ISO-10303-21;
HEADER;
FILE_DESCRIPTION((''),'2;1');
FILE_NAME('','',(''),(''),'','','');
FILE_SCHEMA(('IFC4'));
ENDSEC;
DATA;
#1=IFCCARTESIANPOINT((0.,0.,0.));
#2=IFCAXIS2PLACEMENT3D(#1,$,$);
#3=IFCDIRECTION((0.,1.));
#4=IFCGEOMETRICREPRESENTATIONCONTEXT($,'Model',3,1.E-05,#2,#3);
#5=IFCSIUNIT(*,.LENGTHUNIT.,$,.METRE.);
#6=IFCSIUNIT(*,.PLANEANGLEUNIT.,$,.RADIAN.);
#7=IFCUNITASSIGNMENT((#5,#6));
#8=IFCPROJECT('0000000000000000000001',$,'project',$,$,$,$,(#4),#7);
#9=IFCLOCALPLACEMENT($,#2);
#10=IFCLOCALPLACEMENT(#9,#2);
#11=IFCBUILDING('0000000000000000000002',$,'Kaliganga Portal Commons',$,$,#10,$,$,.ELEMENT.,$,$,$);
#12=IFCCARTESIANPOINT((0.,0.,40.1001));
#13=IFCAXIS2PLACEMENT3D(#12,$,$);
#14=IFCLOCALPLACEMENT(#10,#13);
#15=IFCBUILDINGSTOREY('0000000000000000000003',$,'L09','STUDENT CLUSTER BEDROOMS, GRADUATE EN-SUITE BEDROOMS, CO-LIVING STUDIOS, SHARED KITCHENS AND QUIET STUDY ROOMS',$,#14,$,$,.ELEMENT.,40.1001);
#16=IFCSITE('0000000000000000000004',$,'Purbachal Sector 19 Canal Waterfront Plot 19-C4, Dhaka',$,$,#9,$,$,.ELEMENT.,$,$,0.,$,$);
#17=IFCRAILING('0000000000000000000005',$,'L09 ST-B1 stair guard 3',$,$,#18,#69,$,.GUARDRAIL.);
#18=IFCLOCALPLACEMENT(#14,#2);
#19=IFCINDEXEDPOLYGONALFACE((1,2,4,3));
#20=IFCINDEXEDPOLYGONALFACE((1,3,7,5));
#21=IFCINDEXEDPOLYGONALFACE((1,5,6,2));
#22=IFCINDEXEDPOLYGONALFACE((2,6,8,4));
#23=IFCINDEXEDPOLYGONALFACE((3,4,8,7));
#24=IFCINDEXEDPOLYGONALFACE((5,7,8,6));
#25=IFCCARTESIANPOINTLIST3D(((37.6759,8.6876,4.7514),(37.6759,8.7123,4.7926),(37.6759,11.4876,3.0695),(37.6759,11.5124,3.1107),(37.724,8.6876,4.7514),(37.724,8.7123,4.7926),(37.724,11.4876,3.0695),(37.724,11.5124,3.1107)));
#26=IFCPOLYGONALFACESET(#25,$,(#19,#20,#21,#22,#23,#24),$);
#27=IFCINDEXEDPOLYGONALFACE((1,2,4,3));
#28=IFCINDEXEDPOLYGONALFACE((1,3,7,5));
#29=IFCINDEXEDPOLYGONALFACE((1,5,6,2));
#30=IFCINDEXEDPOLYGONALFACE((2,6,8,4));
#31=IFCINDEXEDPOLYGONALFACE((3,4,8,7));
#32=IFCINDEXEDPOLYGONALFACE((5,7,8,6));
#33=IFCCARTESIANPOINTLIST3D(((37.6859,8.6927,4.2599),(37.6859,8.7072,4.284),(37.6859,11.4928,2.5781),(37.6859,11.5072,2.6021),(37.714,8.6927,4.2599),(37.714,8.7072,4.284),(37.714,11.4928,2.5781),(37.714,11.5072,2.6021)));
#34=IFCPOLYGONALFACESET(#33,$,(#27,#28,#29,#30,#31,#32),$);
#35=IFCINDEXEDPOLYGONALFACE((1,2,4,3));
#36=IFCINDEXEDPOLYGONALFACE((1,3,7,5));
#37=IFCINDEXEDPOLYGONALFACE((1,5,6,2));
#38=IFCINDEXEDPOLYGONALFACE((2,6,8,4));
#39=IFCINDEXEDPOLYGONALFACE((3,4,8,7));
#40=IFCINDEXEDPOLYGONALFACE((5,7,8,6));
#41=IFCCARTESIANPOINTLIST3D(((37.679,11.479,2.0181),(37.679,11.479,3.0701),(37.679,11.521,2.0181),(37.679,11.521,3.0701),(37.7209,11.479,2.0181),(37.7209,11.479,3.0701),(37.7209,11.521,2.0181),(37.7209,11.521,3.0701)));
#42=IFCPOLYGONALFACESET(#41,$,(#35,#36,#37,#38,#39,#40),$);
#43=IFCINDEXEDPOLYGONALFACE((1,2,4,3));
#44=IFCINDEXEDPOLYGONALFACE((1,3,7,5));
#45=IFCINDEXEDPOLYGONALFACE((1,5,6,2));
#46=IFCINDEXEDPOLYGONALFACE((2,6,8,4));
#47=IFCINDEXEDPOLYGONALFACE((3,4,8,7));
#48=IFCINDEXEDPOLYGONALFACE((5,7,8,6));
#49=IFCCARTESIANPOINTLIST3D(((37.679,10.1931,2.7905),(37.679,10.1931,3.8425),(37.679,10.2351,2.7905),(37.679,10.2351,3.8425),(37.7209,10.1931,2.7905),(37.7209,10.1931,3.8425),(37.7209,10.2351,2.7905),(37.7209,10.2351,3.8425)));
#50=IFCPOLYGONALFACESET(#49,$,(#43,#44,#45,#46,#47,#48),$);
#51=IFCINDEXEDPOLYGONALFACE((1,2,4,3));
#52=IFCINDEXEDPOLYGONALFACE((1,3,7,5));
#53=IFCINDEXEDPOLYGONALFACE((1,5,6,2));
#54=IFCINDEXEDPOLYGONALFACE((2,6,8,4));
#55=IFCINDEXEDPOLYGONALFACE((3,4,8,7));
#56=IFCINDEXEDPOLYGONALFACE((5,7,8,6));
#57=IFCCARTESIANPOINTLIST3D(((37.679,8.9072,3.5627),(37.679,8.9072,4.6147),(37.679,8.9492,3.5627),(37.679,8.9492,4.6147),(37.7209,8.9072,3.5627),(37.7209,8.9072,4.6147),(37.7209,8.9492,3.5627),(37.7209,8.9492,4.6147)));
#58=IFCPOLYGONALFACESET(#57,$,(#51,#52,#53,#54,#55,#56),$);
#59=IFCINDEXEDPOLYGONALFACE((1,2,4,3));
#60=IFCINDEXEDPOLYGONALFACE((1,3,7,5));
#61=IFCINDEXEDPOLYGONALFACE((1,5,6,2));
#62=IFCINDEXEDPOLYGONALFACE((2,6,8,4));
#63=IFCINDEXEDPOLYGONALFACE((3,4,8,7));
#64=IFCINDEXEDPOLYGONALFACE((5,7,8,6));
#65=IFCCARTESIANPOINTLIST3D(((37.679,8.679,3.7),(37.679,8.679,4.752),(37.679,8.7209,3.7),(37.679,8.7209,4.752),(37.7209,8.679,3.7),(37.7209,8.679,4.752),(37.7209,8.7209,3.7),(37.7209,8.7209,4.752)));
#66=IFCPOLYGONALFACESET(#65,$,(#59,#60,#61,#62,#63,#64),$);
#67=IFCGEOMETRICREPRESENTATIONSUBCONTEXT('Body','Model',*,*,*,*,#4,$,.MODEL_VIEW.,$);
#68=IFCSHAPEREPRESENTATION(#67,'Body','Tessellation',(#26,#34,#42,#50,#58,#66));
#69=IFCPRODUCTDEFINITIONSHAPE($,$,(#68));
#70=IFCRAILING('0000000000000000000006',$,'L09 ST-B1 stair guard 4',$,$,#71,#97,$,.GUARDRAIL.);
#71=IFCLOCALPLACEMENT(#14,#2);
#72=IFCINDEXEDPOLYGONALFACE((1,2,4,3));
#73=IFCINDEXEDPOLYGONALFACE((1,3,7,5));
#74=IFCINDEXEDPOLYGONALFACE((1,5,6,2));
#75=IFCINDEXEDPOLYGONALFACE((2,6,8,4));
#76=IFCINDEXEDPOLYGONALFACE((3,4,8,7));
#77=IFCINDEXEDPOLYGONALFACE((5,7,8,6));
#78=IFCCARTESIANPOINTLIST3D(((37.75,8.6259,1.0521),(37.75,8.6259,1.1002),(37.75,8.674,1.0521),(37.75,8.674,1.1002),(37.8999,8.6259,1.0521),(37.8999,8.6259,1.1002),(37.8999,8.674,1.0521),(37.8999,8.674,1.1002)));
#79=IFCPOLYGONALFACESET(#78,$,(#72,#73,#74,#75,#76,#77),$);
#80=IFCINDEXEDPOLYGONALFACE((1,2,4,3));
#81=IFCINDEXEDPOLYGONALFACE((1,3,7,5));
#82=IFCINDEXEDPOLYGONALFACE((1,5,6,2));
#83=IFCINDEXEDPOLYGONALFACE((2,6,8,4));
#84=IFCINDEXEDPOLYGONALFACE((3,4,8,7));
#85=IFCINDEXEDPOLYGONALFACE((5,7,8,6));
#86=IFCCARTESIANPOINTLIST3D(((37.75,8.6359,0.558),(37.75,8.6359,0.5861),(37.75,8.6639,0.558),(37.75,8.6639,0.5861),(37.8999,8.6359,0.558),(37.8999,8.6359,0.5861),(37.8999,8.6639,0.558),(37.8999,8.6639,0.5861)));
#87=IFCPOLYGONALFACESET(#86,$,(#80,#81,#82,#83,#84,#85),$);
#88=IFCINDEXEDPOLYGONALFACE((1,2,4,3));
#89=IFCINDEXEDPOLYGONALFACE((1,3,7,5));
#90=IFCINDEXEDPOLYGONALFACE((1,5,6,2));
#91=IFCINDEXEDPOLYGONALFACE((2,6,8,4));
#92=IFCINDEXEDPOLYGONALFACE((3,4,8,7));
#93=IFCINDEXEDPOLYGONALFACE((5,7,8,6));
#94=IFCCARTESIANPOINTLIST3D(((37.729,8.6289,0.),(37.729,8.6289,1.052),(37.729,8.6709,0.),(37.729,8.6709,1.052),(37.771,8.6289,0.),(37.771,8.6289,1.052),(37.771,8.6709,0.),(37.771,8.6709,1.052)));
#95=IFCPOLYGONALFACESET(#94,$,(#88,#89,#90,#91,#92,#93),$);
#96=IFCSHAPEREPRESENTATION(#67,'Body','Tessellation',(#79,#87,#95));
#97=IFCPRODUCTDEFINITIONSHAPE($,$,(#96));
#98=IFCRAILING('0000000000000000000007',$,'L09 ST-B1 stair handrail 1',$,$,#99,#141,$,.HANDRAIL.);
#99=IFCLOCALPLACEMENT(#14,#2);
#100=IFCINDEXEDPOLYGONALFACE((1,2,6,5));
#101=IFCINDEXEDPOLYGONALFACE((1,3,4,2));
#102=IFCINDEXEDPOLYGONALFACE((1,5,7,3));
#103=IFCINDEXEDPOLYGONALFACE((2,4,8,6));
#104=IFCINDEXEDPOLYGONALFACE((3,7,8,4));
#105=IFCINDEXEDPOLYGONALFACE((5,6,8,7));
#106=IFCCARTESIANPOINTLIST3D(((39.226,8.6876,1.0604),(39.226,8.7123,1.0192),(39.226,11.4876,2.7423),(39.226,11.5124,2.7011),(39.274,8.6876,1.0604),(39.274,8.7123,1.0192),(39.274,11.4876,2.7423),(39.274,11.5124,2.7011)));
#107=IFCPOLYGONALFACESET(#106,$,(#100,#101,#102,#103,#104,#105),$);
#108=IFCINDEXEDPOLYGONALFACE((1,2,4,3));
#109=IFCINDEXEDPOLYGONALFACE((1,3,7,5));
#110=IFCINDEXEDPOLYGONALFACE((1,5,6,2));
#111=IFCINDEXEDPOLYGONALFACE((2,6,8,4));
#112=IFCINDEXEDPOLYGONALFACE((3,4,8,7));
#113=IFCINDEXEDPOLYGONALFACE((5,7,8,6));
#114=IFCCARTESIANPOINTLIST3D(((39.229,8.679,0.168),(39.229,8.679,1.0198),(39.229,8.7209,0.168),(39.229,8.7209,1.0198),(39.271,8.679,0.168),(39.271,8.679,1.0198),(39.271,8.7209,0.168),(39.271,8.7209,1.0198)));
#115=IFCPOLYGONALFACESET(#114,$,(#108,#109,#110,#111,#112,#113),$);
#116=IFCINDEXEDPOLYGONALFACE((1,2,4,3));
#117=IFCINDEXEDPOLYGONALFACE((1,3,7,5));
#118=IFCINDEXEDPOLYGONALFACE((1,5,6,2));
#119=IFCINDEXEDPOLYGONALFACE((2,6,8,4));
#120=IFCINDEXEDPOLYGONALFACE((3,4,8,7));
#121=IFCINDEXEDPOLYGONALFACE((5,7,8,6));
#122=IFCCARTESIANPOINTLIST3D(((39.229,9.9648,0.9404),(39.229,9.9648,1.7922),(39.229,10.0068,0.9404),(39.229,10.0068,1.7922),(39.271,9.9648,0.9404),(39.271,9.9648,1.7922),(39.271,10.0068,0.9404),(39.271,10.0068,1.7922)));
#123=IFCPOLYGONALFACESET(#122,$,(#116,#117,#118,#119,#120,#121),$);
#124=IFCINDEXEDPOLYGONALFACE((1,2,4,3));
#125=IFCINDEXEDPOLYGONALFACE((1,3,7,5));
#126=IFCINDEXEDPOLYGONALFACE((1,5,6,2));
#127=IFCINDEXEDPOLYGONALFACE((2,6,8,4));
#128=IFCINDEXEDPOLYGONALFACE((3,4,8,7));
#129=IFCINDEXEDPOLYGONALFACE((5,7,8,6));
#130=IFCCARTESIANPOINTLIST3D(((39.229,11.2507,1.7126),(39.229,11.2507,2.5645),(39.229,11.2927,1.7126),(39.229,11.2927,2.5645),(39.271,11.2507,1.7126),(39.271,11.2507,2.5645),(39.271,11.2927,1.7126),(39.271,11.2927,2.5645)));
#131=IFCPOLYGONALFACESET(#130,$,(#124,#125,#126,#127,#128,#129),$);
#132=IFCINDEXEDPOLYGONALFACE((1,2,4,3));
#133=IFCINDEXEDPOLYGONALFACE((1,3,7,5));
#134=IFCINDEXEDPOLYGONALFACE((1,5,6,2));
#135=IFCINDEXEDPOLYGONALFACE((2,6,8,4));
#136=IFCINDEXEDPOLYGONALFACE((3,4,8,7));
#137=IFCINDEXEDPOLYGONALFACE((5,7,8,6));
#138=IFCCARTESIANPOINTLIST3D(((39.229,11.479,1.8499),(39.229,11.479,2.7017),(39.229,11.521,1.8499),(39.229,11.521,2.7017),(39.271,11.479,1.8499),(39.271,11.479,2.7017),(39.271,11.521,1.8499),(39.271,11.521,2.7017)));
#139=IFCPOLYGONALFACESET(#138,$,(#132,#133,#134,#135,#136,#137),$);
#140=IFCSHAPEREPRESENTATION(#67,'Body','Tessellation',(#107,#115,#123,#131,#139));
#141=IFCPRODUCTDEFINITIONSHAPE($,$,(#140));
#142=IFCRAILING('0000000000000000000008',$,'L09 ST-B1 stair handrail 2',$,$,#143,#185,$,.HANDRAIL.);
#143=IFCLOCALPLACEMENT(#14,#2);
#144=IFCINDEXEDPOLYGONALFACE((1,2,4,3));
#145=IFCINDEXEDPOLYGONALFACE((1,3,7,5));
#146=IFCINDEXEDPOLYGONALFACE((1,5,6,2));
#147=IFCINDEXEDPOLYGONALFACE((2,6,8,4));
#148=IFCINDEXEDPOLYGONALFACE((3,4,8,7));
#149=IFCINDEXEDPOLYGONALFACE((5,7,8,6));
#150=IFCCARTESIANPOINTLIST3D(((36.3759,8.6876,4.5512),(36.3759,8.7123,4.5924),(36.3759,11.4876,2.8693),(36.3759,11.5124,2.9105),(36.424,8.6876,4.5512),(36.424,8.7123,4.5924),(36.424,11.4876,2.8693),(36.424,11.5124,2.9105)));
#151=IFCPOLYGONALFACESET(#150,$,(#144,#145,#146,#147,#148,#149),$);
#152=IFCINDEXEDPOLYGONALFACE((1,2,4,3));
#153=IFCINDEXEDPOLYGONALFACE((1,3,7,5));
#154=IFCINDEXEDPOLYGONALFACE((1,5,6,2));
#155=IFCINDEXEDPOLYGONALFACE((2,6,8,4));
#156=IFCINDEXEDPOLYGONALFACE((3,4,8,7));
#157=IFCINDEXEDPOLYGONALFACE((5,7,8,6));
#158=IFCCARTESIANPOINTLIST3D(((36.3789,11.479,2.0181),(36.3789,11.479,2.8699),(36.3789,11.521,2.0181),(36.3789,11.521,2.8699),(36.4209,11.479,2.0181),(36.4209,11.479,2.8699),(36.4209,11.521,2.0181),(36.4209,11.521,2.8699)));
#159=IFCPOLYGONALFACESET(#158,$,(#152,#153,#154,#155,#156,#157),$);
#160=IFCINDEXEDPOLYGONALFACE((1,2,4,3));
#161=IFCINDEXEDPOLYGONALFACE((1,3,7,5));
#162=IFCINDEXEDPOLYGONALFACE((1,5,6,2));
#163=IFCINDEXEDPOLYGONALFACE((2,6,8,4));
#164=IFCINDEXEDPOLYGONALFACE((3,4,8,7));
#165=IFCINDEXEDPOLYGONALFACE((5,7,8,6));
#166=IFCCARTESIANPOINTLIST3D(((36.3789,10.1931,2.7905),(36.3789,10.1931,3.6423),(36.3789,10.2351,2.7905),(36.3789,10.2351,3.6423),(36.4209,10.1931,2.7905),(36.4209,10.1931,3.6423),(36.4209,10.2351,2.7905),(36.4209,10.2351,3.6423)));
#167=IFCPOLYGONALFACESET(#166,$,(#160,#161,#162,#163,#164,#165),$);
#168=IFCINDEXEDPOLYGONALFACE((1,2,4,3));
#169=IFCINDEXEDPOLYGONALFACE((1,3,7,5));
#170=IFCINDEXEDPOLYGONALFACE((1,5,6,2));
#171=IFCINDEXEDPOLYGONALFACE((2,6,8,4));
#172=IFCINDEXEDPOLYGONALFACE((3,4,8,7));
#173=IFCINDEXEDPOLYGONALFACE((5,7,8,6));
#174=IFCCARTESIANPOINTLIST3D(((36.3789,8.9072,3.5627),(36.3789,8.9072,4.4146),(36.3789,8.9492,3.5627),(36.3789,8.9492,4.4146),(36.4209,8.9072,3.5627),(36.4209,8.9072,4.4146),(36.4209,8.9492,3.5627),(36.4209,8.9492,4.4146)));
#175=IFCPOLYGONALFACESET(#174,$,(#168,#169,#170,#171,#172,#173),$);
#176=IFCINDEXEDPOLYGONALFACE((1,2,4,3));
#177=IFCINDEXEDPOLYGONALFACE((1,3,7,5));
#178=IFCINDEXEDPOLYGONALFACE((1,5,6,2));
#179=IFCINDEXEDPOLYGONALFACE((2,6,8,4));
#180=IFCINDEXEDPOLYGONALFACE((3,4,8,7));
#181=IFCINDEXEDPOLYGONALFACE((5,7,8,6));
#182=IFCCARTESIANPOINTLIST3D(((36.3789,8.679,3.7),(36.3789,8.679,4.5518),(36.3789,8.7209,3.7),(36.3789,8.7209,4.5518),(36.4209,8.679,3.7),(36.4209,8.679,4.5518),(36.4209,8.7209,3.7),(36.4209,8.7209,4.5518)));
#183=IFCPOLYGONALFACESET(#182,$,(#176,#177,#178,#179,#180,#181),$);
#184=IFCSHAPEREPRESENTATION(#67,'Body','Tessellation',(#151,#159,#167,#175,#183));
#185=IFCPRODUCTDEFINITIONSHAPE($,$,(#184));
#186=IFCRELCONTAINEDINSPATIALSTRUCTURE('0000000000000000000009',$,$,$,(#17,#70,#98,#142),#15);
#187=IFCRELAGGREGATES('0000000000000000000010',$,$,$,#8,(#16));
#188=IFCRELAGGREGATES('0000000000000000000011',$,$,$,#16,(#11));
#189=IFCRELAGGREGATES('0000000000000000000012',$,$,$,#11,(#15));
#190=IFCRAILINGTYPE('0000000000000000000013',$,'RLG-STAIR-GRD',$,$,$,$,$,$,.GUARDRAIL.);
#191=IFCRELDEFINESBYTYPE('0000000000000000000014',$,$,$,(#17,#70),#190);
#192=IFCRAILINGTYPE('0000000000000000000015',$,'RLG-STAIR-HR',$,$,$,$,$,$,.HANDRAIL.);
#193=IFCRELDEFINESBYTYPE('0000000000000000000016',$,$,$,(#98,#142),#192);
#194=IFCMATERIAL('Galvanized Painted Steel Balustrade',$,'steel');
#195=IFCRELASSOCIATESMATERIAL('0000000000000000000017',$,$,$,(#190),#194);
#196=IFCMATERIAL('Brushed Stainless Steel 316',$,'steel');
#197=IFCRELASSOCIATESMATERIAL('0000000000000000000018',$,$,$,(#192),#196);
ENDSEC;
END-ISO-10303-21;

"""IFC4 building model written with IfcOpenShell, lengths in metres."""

from ifc_helpers import new_model, si_unit, direction, frame, origin, origin_2d, place, context, subcontext, project, spatial, rectangle, extrude, material, type_object, element, save


model = new_model("IFC4")

# Units and contexts
model_context = context("Model", 3, precision=1e-05, world=origin(), true_north=direction((0.0, 1.0)))
body_context = subcontext(model_context, "Body", "Model", "MODEL_VIEW")
ifc_project = project(units=[si_unit("LENGTHUNIT", "METRE"), si_unit("PLANEANGLEUNIT", "RADIAN")], contexts=[model_context])

# Site, building, storey
site_placement = place(None, origin())
site = spatial("IfcSite", under=ifc_project, at=site_placement, Name="Purbachal Sector 19 Canal Waterfront Plot 19-C4, Dhaka", CompositionType="ELEMENT", RefElevation=0.0)
building_placement = place(site_placement, origin())
building = spatial("IfcBuilding", under=site, at=building_placement, Name="Kaliganga Portal Commons", CompositionType="ELEMENT")
storey_placement = place(building_placement, frame((0.0, 0.0, 40.1001)))
storey = spatial("IfcBuildingStorey", under=building, at=storey_placement, Name="L09", Description="STUDENT CLUSTER BEDROOMS, GRADUATE EN-SUITE BEDROOMS, CO-LIVING STUDIOS, SHARED KITCHENS AND QUIET STUDY ROOMS", CompositionType="ELEMENT", Elevation=40.1001)

# Railings
ifc_material_1 = material(Name="Galvanized Painted Steel Balustrade", Category="steel")
railing_type_1 = type_object("IfcRailingType", Name="RLG-STAIR-GRD", PredefinedType="GUARDRAIL", material=ifc_material_1)
railing_1_placement = place(storey_placement, frame((37.7, 11.5, 2.0181)))
element("IfcRailing", 1, at=railing_1_placement, inside=storey, type_object=railing_type_1, Name="L09 ST-B1 stair guard 3", PredefinedType="GUARDRAIL", context=body_context, shape_type="SweptSolid", body=[
    extrude(rectangle(XDim=0.0481, YDim=0.0481, at=origin_2d()), frame((0.0, 0.0, 1.072), z_axis=(0.0, -0.857242, 0.514913), x_axis=(1.0, 0.0, 0.0)), (0.0, 0.0, 1.0), 3.2664),
    extrude(rectangle(XDim=0.0281, YDim=0.0281, at=origin_2d()), frame((0.0, 0.0, 0.572), z_axis=(0.0, -0.857242, 0.514913), x_axis=(1.0, 0.0, 0.0)), (0.0, 0.0, 1.0), 3.2664),
    extrude(rectangle(XDim=0.042, YDim=0.042, at=origin_2d()), origin(), (0.0, 0.0, 1.0), 1.052),
    extrude(rectangle(XDim=0.042, YDim=0.042, at=origin_2d()), frame((0.0, -1.2859, 0.7725)), (0.0, 0.0, 1.0), 1.052),
    extrude(rectangle(XDim=0.042, YDim=0.042, at=origin_2d()), frame((0.0, -2.5718, 1.5447)), (0.0, 0.0, 1.0), 1.052),
    extrude(rectangle(XDim=0.042, YDim=0.042, at=origin_2d()), frame((0.0, -2.8, 1.6819)), (0.0, 0.0, 1.0), 1.052),
])
railing_2_placement = place(storey_placement, frame((37.8999, 8.6499, 0.0)))
element("IfcRailing", 2, at=railing_2_placement, inside=storey, type_object=railing_type_1, Name="L09 ST-B1 stair guard 4", PredefinedType="GUARDRAIL", context=body_context, shape_type="SweptSolid", body=[
    extrude(rectangle(XDim=0.0481, YDim=0.0481, at=origin_2d()), frame((0.0, 0.0, 1.0762), z_axis=(-1.0, 0.0, 0.0), x_axis=(0.0, -1.0, 0.0)), (0.0, 0.0, 1.0), 0.1499),
    extrude(rectangle(XDim=0.0281, YDim=0.0281, at=origin_2d()), frame((0.0, 0.0, 0.572), z_axis=(-1.0, 0.0, 0.0), x_axis=(0.0, -1.0, 0.0)), (0.0, 0.0, 1.0), 0.1499),
    extrude(rectangle(XDim=0.042, YDim=0.042, at=origin_2d()), frame((-0.1499, 0.0, 0.0)), (0.0, 0.0, 1.0), 1.052),
])
ifc_material_2 = material(Name="Brushed Stainless Steel 316", Category="steel")
railing_type_2 = type_object("IfcRailingType", Name="RLG-STAIR-HR", PredefinedType="HANDRAIL", material=ifc_material_2)
railing_3_placement = place(storey_placement, frame((39.25, 8.7, 0.168)))
element("IfcRailing", 3, at=railing_3_placement, inside=storey, type_object=railing_type_2, Name="L09 ST-B1 stair handrail 1", PredefinedType="HANDRAIL", context=body_context, shape_type="SweptSolid", body=[
    extrude(rectangle(XDim=0.0481, YDim=0.0481, at=origin_2d()), frame((0.0, 0.0, 0.8718), z_axis=(0.0, 0.857242, 0.514913), x_axis=(-1.0, 0.0, 0.0)), (0.0, 0.0, 1.0), 3.2664),
    extrude(rectangle(XDim=0.042, YDim=0.042, at=origin_2d()), origin(), (0.0, 0.0, 1.0), 0.8518),
    extrude(rectangle(XDim=0.042, YDim=0.042, at=origin_2d()), frame((0.0, 1.2859, 0.7725)), (0.0, 0.0, 1.0), 0.8518),
    extrude(rectangle(XDim=0.042, YDim=0.042, at=origin_2d()), frame((0.0, 2.5718, 1.5447)), (0.0, 0.0, 1.0), 0.8518),
    extrude(rectangle(XDim=0.042, YDim=0.042, at=origin_2d()), frame((0.0, 2.8, 1.6819)), (0.0, 0.0, 1.0), 0.8518),
])
railing_4_placement = place(storey_placement, frame((36.3999, 11.5, 2.0181)))
element("IfcRailing", 4, at=railing_4_placement, inside=storey, type_object=railing_type_2, Name="L09 ST-B1 stair handrail 2", PredefinedType="HANDRAIL", context=body_context, shape_type="SweptSolid", body=[
    extrude(rectangle(XDim=0.0481, YDim=0.0481, at=origin_2d()), frame((0.0, 0.0, 0.8718), z_axis=(0.0, -0.857242, 0.514913), x_axis=(1.0, 0.0, 0.0)), (0.0, 0.0, 1.0), 3.2664),
    extrude(rectangle(XDim=0.042, YDim=0.042, at=origin_2d()), origin(), (0.0, 0.0, 1.0), 0.8518),
    extrude(rectangle(XDim=0.042, YDim=0.042, at=origin_2d()), frame((0.0, -1.2859, 0.7725)), (0.0, 0.0, 1.0), 0.8518),
    extrude(rectangle(XDim=0.042, YDim=0.042, at=origin_2d()), frame((0.0, -2.5718, 1.5447)), (0.0, 0.0, 1.0), 0.8518),
    extrude(rectangle(XDim=0.042, YDim=0.042, at=origin_2d()), frame((0.0, -2.8, 1.6819)), (0.0, 0.0, 1.0), 0.8518),
])

save(model, "model.ifc")
